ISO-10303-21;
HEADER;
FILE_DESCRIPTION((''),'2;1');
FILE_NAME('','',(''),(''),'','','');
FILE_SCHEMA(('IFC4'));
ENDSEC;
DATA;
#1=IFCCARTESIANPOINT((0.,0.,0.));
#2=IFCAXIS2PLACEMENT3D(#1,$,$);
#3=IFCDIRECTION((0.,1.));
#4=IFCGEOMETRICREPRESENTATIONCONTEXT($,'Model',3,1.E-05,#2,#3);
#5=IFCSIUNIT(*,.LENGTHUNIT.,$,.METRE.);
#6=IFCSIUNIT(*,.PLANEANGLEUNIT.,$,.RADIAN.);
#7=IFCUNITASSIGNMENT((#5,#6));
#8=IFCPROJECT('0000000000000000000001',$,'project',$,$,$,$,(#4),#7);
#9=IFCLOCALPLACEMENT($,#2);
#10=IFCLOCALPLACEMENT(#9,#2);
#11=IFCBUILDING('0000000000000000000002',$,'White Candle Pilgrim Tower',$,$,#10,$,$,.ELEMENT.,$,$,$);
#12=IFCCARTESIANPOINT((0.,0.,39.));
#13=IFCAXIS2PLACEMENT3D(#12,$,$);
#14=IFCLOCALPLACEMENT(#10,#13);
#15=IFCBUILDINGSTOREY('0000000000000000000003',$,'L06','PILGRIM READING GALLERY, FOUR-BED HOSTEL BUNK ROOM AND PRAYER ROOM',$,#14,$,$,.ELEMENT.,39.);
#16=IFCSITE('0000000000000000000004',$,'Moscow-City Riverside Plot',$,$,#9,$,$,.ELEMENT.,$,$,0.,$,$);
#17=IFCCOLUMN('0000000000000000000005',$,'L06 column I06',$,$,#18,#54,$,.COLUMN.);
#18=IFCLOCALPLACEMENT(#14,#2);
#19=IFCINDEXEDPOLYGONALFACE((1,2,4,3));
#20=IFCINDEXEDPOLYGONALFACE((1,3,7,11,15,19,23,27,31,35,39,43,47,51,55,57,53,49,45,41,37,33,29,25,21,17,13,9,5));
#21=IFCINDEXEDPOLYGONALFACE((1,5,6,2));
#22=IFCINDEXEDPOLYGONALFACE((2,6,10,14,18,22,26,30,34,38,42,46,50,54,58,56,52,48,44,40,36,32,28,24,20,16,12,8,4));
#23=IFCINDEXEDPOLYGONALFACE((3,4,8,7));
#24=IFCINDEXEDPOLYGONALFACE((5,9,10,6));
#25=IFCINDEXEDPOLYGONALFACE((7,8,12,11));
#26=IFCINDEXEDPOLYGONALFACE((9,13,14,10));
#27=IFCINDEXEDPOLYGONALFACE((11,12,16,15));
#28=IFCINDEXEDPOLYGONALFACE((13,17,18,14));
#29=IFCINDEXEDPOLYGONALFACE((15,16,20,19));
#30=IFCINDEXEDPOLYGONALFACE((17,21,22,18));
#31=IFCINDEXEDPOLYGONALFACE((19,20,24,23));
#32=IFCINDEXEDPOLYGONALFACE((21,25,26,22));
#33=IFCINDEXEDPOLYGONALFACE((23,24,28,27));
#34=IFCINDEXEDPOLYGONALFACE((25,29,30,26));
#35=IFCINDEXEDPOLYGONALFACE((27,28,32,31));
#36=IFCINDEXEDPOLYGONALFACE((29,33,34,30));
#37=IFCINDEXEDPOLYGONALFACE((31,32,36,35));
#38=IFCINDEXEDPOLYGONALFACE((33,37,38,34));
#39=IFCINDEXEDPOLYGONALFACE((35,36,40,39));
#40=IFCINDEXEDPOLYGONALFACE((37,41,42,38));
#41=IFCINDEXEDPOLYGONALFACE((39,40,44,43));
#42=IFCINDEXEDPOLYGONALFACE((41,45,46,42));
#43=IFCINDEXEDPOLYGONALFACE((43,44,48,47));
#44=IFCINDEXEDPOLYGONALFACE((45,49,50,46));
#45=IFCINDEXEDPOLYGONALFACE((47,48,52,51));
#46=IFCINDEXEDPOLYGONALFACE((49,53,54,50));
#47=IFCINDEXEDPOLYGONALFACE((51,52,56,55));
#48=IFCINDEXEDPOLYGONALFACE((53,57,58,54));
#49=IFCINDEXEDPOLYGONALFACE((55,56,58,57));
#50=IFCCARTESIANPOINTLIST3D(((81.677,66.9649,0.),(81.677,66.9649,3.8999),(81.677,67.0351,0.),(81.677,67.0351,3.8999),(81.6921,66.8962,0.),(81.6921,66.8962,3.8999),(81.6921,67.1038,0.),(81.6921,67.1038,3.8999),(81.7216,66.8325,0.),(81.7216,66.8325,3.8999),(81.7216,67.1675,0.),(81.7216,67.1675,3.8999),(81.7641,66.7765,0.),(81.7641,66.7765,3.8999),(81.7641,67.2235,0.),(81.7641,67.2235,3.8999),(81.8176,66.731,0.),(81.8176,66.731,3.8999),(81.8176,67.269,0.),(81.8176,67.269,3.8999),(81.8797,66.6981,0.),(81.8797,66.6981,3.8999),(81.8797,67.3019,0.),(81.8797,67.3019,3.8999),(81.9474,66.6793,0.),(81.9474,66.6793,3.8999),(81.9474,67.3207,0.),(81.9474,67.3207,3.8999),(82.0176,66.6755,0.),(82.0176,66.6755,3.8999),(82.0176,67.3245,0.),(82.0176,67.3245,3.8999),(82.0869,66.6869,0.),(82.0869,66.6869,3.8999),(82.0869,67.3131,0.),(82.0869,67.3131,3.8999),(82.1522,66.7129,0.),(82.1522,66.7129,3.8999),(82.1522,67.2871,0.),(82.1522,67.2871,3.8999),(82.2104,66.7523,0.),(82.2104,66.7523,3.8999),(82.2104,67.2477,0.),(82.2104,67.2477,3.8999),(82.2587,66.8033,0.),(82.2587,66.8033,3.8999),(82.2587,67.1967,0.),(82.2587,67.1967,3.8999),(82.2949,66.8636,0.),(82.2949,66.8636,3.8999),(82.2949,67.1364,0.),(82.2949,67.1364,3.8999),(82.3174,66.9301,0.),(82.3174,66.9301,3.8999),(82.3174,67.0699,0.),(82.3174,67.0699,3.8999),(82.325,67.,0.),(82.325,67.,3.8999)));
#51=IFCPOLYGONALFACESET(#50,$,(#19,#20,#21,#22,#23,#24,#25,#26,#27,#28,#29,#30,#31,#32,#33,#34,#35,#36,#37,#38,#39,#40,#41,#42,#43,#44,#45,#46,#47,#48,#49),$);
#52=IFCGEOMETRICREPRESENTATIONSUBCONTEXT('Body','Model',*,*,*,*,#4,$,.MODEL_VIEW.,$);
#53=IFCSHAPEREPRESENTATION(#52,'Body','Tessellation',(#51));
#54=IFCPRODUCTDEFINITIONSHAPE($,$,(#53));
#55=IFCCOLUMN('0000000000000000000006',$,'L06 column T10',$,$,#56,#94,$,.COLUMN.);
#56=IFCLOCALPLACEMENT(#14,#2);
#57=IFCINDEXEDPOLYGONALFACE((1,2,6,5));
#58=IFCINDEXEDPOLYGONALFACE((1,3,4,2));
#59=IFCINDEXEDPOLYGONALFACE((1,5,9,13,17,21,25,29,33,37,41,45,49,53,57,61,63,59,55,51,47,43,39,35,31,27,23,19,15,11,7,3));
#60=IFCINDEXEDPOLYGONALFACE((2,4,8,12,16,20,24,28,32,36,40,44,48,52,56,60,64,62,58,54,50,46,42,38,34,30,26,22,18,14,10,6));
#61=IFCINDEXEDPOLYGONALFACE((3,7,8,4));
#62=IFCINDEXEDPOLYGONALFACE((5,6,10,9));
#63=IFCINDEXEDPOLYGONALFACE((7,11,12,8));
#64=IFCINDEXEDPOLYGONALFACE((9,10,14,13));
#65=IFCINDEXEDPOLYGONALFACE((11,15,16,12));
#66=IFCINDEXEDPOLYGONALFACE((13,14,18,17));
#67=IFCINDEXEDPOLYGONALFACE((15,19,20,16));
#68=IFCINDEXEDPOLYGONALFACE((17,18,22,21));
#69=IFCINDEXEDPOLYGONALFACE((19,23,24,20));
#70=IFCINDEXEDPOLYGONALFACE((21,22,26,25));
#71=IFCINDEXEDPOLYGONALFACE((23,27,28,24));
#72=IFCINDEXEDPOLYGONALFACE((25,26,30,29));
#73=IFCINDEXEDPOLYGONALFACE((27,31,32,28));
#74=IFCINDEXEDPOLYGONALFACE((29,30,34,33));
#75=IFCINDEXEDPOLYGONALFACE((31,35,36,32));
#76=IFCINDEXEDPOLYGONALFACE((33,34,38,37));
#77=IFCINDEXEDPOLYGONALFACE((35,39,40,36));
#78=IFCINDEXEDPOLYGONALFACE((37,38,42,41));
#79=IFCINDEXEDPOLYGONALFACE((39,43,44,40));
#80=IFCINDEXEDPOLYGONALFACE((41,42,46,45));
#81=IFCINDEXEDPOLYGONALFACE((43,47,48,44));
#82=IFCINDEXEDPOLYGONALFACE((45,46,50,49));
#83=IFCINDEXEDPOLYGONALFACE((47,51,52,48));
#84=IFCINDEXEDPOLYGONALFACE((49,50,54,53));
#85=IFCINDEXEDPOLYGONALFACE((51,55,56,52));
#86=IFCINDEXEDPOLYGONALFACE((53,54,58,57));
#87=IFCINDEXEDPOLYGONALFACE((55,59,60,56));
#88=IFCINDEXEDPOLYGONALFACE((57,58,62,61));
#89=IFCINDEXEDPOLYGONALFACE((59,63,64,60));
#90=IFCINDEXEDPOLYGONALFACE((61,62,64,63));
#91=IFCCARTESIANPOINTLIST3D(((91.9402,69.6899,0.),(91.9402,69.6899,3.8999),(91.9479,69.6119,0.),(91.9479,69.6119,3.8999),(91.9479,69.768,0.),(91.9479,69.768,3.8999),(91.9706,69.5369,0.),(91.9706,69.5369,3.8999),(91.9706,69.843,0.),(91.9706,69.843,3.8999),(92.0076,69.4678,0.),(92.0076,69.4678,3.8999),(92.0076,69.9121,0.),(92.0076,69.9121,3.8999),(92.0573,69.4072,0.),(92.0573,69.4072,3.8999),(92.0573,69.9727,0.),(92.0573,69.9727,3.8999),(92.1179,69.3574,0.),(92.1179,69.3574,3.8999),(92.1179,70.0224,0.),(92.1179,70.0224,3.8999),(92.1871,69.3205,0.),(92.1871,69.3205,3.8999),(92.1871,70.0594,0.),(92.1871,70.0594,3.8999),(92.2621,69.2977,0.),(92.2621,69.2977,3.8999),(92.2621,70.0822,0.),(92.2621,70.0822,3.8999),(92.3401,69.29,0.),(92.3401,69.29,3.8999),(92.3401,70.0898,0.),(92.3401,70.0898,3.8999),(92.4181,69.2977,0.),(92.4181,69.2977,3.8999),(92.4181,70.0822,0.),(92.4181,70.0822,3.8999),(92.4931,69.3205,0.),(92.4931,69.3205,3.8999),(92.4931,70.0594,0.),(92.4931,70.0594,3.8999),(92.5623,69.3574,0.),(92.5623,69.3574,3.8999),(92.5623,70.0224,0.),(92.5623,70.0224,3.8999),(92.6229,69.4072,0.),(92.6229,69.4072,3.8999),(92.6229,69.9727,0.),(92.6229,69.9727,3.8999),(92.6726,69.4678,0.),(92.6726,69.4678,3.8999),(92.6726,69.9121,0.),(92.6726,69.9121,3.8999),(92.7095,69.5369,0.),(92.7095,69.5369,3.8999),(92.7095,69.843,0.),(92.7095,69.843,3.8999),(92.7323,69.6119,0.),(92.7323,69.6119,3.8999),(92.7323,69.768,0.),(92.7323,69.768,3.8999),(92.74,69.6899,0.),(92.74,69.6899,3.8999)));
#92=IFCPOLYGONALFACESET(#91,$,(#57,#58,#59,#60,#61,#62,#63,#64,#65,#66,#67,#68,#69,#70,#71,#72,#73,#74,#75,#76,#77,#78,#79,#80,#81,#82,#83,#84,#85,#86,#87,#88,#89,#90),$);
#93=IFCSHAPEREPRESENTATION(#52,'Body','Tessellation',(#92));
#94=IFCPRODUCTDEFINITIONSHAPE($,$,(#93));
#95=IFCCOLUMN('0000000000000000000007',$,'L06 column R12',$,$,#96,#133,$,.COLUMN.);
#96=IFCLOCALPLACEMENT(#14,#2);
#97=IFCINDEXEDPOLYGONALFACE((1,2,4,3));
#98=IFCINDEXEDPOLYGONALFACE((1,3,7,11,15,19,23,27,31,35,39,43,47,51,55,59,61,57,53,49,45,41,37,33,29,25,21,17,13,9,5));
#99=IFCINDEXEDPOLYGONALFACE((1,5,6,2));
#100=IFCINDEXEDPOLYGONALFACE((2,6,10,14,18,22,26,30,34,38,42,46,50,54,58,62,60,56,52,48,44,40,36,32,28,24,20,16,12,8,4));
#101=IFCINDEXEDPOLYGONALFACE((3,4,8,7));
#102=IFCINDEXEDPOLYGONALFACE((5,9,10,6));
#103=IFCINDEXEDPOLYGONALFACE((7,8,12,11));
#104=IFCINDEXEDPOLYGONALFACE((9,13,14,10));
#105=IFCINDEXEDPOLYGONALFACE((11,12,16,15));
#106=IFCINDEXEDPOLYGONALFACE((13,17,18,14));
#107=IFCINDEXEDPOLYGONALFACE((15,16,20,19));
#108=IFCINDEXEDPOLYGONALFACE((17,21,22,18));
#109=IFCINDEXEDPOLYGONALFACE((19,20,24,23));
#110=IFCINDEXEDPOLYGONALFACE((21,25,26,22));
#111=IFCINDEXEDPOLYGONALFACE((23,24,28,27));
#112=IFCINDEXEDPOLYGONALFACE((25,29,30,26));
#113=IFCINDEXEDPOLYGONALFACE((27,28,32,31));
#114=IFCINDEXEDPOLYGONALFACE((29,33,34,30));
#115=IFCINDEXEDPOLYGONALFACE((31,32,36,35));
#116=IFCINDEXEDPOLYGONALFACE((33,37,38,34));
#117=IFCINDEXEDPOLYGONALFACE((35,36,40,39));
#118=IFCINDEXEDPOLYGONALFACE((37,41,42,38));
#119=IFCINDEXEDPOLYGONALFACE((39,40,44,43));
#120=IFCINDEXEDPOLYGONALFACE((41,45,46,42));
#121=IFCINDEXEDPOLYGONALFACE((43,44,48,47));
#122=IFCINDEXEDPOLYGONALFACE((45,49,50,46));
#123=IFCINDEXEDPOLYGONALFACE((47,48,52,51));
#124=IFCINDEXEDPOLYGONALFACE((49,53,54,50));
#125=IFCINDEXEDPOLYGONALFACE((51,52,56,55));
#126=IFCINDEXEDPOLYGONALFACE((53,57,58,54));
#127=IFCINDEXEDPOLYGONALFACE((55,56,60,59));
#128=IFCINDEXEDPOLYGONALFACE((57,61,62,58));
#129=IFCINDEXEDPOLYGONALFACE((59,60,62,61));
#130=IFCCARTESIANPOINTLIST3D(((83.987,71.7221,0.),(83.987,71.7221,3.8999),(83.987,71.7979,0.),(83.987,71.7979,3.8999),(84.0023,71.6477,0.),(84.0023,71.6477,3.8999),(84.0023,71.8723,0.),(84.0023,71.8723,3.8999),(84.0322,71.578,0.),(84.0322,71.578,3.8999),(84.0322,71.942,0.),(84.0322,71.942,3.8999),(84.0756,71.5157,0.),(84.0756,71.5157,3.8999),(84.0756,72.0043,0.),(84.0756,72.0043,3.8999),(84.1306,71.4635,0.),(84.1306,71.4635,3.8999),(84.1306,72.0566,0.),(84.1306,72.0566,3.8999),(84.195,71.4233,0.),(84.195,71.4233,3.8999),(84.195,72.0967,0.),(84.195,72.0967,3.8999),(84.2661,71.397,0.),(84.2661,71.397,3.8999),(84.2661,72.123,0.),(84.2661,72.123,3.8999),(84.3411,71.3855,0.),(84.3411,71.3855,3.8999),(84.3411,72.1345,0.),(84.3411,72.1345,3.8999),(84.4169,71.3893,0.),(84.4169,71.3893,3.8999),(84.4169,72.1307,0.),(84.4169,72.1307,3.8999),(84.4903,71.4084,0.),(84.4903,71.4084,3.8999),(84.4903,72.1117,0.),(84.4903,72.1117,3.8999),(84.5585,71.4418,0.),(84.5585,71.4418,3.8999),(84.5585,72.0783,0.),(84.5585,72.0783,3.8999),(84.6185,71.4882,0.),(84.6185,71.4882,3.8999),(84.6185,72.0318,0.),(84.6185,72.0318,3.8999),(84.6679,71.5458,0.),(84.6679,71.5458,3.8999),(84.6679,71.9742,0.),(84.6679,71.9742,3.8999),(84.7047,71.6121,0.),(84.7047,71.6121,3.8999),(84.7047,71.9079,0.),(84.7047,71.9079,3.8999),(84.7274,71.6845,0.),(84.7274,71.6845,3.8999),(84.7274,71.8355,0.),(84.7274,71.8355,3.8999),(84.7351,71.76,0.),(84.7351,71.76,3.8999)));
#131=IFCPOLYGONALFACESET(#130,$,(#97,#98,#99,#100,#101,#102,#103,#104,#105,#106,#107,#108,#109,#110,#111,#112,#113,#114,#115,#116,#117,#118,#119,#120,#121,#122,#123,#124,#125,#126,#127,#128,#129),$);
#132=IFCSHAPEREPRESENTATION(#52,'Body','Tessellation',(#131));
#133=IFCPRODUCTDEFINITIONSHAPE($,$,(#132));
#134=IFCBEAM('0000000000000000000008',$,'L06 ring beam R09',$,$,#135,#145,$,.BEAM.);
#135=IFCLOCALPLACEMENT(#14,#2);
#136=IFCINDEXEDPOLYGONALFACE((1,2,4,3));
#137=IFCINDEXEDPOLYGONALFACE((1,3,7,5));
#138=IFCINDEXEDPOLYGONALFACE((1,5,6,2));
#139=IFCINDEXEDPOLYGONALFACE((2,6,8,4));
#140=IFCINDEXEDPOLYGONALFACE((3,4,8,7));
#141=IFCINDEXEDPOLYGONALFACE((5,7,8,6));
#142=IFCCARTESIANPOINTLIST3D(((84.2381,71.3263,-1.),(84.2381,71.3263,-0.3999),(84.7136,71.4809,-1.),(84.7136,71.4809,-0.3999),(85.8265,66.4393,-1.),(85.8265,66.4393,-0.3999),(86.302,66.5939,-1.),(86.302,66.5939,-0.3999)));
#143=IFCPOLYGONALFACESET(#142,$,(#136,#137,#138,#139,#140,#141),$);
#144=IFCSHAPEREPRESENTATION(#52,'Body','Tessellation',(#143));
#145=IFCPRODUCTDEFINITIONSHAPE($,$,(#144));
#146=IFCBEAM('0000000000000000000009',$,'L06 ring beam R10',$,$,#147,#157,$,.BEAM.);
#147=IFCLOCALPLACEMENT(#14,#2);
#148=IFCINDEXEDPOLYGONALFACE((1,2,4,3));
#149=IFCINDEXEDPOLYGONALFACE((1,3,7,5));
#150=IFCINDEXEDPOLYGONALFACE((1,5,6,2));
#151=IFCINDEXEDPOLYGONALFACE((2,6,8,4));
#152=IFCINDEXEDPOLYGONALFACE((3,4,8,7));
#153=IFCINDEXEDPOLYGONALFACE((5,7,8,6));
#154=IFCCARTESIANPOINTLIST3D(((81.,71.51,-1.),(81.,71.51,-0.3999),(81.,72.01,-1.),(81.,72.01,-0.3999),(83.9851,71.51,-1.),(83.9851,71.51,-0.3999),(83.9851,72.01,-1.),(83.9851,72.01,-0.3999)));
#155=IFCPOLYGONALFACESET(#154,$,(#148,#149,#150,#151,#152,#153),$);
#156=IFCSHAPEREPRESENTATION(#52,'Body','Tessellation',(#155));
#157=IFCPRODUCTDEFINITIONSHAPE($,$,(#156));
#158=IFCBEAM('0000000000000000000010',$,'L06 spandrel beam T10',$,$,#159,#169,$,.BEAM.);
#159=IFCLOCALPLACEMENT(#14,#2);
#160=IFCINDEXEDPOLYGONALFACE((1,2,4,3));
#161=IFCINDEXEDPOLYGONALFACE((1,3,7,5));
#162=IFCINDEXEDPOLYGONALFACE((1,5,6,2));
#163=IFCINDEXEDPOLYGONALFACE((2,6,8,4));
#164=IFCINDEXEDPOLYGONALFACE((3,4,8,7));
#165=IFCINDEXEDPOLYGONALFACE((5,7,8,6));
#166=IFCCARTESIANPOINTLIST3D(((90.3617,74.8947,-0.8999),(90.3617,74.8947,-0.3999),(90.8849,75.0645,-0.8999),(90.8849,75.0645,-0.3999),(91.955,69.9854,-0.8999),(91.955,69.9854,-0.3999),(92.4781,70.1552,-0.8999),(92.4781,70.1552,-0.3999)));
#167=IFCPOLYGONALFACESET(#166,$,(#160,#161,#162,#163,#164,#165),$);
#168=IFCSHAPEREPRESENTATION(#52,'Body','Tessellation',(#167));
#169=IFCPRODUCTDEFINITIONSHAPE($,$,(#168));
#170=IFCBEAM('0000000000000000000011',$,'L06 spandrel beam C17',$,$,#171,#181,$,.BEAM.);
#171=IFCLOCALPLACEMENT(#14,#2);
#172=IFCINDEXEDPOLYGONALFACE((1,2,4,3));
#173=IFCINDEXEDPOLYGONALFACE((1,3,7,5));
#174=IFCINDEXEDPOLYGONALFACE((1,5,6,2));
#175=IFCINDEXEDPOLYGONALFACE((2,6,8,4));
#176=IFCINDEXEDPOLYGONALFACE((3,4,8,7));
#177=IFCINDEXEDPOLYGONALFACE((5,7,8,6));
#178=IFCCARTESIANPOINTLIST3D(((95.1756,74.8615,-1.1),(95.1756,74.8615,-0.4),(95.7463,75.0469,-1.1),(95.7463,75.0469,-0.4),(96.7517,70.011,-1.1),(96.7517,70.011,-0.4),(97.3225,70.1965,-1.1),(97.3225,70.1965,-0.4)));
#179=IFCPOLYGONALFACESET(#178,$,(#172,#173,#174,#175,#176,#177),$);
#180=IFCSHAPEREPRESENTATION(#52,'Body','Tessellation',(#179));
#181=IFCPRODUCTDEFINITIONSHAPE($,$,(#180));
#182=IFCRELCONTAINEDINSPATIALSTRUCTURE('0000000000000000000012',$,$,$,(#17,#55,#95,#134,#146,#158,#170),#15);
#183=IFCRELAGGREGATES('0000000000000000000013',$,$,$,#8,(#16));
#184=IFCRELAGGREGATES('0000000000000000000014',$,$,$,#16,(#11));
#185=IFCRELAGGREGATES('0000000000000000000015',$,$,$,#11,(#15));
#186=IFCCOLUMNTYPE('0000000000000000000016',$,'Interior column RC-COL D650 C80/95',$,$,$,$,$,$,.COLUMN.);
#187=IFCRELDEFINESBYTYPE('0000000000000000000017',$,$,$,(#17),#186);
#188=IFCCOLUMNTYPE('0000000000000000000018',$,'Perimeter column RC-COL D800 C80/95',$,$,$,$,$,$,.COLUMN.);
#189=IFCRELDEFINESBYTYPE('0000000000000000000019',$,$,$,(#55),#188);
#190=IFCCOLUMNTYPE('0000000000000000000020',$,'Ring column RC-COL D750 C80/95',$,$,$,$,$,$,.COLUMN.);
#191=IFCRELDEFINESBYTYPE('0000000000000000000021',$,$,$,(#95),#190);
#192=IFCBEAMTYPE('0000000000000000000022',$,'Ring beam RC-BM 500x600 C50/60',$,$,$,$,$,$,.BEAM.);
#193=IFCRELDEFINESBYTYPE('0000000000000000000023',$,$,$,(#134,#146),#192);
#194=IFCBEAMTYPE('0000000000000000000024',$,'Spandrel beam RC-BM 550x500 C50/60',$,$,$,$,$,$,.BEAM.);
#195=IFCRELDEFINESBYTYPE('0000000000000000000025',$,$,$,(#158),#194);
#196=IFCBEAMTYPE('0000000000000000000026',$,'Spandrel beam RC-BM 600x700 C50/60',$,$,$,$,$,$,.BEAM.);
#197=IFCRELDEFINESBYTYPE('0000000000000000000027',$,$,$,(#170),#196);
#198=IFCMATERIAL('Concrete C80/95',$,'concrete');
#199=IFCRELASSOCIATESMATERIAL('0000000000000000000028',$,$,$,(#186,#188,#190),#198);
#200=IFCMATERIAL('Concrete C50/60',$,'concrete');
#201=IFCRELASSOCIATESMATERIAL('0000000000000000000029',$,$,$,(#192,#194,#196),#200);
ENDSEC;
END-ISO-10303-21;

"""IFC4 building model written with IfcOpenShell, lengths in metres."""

from ifc_helpers import new_model, si_unit, direction, frame, origin, origin_2d, place, context, subcontext, project, spatial, rectangle, circle, extrude, material, material_profile, profile_set, type_object, element, save


model = new_model("IFC4")

# Units and contexts
model_context = context("Model", 3, precision=1e-05, world=origin(), true_north=direction((0.0, 1.0)))
body_context = subcontext(model_context, "Body", "Model", "MODEL_VIEW")
ifc_project = project(units=[si_unit("LENGTHUNIT", "METRE"), si_unit("PLANEANGLEUNIT", "RADIAN")], contexts=[model_context])

# Site, building, storey
site_placement = place(None, origin())
site = spatial("IfcSite", under=ifc_project, at=site_placement, Name="Moscow-City Riverside Plot", CompositionType="ELEMENT", RefElevation=0.0)
building_placement = place(site_placement, origin())
building = spatial("IfcBuilding", under=site, at=building_placement, Name="White Candle Pilgrim Tower", CompositionType="ELEMENT")
storey_placement = place(building_placement, frame((0.0, 0.0, 39.0)))
storey = spatial("IfcBuildingStorey", under=building, at=storey_placement, Name="L06", Description="PILGRIM READING GALLERY, FOUR-BED HOSTEL BUNK ROOM AND PRAYER ROOM", CompositionType="ELEMENT", Elevation=39.0)

# Columns
ifc_material_1 = material(Name="Concrete C80/95", Category="concrete")
ifc_material_profile_1 = material_profile(ifc_material_1, circle(Radius=0.325, at=origin_2d()), Name="RC-COL D650")
ifc_profile_set_1 = profile_set([ifc_material_profile_1], Name="Concrete C80/95")
column_type_1 = type_object("IfcColumnType", Name="Interior column RC-COL D650 C80/95", PredefinedType="COLUMN", material=ifc_profile_set_1)
column_1_placement = place(storey_placement, frame((82.0, 67.0, 0.0), z_axis=(0.0, 0.0, 1.0), x_axis=(1.0, 0.0, 0.0)))
element("IfcColumn", 1, at=column_1_placement, inside=storey, type_object=column_type_1, Name="L06 column I06", PredefinedType="COLUMN", context=body_context, shape_type="SweptSolid", body=[
    extrude(circle(Radius=0.325, at=origin_2d()), origin(), (0.0, 0.0, 1.0), 3.8999),
])
ifc_material_profile_2 = material_profile(ifc_material_1, circle(Radius=0.3999, at=origin_2d()), Name="RC-COL D800")
ifc_profile_set_2 = profile_set([ifc_material_profile_2], Name="Concrete C80/95")
column_type_2 = type_object("IfcColumnType", Name="Perimeter column RC-COL D800 C80/95", PredefinedType="COLUMN", material=ifc_profile_set_2)
column_2_placement = place(storey_placement, frame((92.3401, 69.6899, 0.0), z_axis=(0.0, 0.0, 1.0), x_axis=(1.0, 0.0, 0.0)))
element("IfcColumn", 2, at=column_2_placement, inside=storey, type_object=column_type_2, Name="L06 column T10", PredefinedType="COLUMN", context=body_context, shape_type="SweptSolid", body=[
    extrude(circle(Radius=0.3999, at=origin_2d()), origin(), (0.0, 0.0, 1.0), 3.8999),
])
ifc_material_profile_3 = material_profile(ifc_material_1, circle(Radius=0.375, at=origin_2d()), Name="RC-COL D750")
ifc_profile_set_3 = profile_set([ifc_material_profile_3], Name="Concrete C80/95")
column_type_3 = type_object("IfcColumnType", Name="Ring column RC-COL D750 C80/95", PredefinedType="COLUMN", material=ifc_profile_set_3)
column_3_placement = place(storey_placement, frame((84.3601, 71.76, 0.0), z_axis=(0.0, 0.0, 1.0), x_axis=(1.0, 0.0, 0.0)))
element("IfcColumn", 3, at=column_3_placement, inside=storey, type_object=column_type_3, Name="L06 column R12", PredefinedType="COLUMN", context=body_context, shape_type="SweptSolid", body=[
    extrude(circle(Radius=0.375, at=origin_2d()), origin(), (0.0, 0.0, 1.0), 3.8999),
])

# Beams
ifc_material_2 = material(Name="Concrete C50/60", Category="concrete")
ifc_material_profile_4 = material_profile(ifc_material_2, rectangle(XDim=0.5, YDim=0.6001, at=origin_2d()), Name="RC-BM 500x600")
ifc_profile_set_4 = profile_set([ifc_material_profile_4], Name="Concrete C50/60")
beam_type_1 = type_object("IfcBeamType", Name="Ring beam RC-BM 500x600 C50/60", PredefinedType="BEAM", material=ifc_profile_set_4)
beam_1_placement = place(storey_placement, frame((86.0642, 66.5166, -0.7), z_axis=(-0.309106, 0.951027, 0.0), x_axis=(-0.951027, -0.309106, 0.0)))
element("IfcBeam", 4, at=beam_1_placement, inside=storey, type_object=beam_type_1, Name="L06 ring beam R09", PredefinedType="BEAM", context=body_context, shape_type="SweptSolid", body=[
    extrude(rectangle(XDim=0.5, YDim=0.6001, at=origin_2d()), origin(), (0.0, 0.0, 1.0), 5.1387),
])
beam_2_placement = place(storey_placement, frame((83.9851, 71.76, -0.7), z_axis=(-1.0, 0.0, 0.0), x_axis=(0.0, -1.0, 0.0)))
element("IfcBeam", 5, at=beam_2_placement, inside=storey, type_object=beam_type_1, Name="L06 ring beam R10", PredefinedType="BEAM", context=body_context, shape_type="SweptSolid", body=[
    extrude(rectangle(XDim=0.5, YDim=0.6001, at=origin_2d()), origin(), (0.0, 0.0, 1.0), 2.9851),
])
ifc_material_profile_5 = material_profile(ifc_material_2, rectangle(XDim=0.55, YDim=0.5, at=origin_2d()), Name="RC-BM 550x500")
ifc_profile_set_5 = profile_set([ifc_material_profile_5], Name="Concrete C50/60")
beam_type_2 = type_object("IfcBeamType", Name="Spandrel beam RC-BM 550x500 C50/60", PredefinedType="BEAM", material=ifc_profile_set_5)
beam_3_placement = place(storey_placement, frame((92.2166, 70.0703, -0.6499), z_axis=(-0.308683, 0.951165, 0.0), x_axis=(-0.951165, -0.308683, 0.0)))
element("IfcBeam", 6, at=beam_3_placement, inside=storey, type_object=beam_type_2, Name="L06 spandrel beam T10", PredefinedType="BEAM", context=body_context, shape_type="SweptSolid", body=[
    extrude(rectangle(XDim=0.55, YDim=0.5, at=origin_2d()), origin(), (0.0, 0.0, 1.0), 5.1614),
])
ifc_material_profile_6 = material_profile(ifc_material_2, rectangle(XDim=0.6001, YDim=0.7, at=origin_2d()), Name="RC-BM 600x700")
ifc_profile_set_6 = profile_set([ifc_material_profile_6], Name="Concrete C50/60")
beam_type_3 = type_object("IfcBeamType", Name="Spandrel beam RC-BM 600x700 C50/60", PredefinedType="BEAM", material=ifc_profile_set_6)
beam_4_placement = place(storey_placement, frame((97.0371, 70.1038, -0.75), z_axis=(-0.309053, 0.951045, 0.0), x_axis=(-0.951045, -0.309053, 0.0)))
element("IfcBeam", 7, at=beam_4_placement, inside=storey, type_object=beam_type_3, Name="L06 spandrel beam C17", PredefinedType="BEAM", context=body_context, shape_type="SweptSolid", body=[
    extrude(rectangle(XDim=0.6001, YDim=0.7, at=origin_2d()), origin(), (0.0, 0.0, 1.0), 5.1001),
])

save(model, "model.ifc")
